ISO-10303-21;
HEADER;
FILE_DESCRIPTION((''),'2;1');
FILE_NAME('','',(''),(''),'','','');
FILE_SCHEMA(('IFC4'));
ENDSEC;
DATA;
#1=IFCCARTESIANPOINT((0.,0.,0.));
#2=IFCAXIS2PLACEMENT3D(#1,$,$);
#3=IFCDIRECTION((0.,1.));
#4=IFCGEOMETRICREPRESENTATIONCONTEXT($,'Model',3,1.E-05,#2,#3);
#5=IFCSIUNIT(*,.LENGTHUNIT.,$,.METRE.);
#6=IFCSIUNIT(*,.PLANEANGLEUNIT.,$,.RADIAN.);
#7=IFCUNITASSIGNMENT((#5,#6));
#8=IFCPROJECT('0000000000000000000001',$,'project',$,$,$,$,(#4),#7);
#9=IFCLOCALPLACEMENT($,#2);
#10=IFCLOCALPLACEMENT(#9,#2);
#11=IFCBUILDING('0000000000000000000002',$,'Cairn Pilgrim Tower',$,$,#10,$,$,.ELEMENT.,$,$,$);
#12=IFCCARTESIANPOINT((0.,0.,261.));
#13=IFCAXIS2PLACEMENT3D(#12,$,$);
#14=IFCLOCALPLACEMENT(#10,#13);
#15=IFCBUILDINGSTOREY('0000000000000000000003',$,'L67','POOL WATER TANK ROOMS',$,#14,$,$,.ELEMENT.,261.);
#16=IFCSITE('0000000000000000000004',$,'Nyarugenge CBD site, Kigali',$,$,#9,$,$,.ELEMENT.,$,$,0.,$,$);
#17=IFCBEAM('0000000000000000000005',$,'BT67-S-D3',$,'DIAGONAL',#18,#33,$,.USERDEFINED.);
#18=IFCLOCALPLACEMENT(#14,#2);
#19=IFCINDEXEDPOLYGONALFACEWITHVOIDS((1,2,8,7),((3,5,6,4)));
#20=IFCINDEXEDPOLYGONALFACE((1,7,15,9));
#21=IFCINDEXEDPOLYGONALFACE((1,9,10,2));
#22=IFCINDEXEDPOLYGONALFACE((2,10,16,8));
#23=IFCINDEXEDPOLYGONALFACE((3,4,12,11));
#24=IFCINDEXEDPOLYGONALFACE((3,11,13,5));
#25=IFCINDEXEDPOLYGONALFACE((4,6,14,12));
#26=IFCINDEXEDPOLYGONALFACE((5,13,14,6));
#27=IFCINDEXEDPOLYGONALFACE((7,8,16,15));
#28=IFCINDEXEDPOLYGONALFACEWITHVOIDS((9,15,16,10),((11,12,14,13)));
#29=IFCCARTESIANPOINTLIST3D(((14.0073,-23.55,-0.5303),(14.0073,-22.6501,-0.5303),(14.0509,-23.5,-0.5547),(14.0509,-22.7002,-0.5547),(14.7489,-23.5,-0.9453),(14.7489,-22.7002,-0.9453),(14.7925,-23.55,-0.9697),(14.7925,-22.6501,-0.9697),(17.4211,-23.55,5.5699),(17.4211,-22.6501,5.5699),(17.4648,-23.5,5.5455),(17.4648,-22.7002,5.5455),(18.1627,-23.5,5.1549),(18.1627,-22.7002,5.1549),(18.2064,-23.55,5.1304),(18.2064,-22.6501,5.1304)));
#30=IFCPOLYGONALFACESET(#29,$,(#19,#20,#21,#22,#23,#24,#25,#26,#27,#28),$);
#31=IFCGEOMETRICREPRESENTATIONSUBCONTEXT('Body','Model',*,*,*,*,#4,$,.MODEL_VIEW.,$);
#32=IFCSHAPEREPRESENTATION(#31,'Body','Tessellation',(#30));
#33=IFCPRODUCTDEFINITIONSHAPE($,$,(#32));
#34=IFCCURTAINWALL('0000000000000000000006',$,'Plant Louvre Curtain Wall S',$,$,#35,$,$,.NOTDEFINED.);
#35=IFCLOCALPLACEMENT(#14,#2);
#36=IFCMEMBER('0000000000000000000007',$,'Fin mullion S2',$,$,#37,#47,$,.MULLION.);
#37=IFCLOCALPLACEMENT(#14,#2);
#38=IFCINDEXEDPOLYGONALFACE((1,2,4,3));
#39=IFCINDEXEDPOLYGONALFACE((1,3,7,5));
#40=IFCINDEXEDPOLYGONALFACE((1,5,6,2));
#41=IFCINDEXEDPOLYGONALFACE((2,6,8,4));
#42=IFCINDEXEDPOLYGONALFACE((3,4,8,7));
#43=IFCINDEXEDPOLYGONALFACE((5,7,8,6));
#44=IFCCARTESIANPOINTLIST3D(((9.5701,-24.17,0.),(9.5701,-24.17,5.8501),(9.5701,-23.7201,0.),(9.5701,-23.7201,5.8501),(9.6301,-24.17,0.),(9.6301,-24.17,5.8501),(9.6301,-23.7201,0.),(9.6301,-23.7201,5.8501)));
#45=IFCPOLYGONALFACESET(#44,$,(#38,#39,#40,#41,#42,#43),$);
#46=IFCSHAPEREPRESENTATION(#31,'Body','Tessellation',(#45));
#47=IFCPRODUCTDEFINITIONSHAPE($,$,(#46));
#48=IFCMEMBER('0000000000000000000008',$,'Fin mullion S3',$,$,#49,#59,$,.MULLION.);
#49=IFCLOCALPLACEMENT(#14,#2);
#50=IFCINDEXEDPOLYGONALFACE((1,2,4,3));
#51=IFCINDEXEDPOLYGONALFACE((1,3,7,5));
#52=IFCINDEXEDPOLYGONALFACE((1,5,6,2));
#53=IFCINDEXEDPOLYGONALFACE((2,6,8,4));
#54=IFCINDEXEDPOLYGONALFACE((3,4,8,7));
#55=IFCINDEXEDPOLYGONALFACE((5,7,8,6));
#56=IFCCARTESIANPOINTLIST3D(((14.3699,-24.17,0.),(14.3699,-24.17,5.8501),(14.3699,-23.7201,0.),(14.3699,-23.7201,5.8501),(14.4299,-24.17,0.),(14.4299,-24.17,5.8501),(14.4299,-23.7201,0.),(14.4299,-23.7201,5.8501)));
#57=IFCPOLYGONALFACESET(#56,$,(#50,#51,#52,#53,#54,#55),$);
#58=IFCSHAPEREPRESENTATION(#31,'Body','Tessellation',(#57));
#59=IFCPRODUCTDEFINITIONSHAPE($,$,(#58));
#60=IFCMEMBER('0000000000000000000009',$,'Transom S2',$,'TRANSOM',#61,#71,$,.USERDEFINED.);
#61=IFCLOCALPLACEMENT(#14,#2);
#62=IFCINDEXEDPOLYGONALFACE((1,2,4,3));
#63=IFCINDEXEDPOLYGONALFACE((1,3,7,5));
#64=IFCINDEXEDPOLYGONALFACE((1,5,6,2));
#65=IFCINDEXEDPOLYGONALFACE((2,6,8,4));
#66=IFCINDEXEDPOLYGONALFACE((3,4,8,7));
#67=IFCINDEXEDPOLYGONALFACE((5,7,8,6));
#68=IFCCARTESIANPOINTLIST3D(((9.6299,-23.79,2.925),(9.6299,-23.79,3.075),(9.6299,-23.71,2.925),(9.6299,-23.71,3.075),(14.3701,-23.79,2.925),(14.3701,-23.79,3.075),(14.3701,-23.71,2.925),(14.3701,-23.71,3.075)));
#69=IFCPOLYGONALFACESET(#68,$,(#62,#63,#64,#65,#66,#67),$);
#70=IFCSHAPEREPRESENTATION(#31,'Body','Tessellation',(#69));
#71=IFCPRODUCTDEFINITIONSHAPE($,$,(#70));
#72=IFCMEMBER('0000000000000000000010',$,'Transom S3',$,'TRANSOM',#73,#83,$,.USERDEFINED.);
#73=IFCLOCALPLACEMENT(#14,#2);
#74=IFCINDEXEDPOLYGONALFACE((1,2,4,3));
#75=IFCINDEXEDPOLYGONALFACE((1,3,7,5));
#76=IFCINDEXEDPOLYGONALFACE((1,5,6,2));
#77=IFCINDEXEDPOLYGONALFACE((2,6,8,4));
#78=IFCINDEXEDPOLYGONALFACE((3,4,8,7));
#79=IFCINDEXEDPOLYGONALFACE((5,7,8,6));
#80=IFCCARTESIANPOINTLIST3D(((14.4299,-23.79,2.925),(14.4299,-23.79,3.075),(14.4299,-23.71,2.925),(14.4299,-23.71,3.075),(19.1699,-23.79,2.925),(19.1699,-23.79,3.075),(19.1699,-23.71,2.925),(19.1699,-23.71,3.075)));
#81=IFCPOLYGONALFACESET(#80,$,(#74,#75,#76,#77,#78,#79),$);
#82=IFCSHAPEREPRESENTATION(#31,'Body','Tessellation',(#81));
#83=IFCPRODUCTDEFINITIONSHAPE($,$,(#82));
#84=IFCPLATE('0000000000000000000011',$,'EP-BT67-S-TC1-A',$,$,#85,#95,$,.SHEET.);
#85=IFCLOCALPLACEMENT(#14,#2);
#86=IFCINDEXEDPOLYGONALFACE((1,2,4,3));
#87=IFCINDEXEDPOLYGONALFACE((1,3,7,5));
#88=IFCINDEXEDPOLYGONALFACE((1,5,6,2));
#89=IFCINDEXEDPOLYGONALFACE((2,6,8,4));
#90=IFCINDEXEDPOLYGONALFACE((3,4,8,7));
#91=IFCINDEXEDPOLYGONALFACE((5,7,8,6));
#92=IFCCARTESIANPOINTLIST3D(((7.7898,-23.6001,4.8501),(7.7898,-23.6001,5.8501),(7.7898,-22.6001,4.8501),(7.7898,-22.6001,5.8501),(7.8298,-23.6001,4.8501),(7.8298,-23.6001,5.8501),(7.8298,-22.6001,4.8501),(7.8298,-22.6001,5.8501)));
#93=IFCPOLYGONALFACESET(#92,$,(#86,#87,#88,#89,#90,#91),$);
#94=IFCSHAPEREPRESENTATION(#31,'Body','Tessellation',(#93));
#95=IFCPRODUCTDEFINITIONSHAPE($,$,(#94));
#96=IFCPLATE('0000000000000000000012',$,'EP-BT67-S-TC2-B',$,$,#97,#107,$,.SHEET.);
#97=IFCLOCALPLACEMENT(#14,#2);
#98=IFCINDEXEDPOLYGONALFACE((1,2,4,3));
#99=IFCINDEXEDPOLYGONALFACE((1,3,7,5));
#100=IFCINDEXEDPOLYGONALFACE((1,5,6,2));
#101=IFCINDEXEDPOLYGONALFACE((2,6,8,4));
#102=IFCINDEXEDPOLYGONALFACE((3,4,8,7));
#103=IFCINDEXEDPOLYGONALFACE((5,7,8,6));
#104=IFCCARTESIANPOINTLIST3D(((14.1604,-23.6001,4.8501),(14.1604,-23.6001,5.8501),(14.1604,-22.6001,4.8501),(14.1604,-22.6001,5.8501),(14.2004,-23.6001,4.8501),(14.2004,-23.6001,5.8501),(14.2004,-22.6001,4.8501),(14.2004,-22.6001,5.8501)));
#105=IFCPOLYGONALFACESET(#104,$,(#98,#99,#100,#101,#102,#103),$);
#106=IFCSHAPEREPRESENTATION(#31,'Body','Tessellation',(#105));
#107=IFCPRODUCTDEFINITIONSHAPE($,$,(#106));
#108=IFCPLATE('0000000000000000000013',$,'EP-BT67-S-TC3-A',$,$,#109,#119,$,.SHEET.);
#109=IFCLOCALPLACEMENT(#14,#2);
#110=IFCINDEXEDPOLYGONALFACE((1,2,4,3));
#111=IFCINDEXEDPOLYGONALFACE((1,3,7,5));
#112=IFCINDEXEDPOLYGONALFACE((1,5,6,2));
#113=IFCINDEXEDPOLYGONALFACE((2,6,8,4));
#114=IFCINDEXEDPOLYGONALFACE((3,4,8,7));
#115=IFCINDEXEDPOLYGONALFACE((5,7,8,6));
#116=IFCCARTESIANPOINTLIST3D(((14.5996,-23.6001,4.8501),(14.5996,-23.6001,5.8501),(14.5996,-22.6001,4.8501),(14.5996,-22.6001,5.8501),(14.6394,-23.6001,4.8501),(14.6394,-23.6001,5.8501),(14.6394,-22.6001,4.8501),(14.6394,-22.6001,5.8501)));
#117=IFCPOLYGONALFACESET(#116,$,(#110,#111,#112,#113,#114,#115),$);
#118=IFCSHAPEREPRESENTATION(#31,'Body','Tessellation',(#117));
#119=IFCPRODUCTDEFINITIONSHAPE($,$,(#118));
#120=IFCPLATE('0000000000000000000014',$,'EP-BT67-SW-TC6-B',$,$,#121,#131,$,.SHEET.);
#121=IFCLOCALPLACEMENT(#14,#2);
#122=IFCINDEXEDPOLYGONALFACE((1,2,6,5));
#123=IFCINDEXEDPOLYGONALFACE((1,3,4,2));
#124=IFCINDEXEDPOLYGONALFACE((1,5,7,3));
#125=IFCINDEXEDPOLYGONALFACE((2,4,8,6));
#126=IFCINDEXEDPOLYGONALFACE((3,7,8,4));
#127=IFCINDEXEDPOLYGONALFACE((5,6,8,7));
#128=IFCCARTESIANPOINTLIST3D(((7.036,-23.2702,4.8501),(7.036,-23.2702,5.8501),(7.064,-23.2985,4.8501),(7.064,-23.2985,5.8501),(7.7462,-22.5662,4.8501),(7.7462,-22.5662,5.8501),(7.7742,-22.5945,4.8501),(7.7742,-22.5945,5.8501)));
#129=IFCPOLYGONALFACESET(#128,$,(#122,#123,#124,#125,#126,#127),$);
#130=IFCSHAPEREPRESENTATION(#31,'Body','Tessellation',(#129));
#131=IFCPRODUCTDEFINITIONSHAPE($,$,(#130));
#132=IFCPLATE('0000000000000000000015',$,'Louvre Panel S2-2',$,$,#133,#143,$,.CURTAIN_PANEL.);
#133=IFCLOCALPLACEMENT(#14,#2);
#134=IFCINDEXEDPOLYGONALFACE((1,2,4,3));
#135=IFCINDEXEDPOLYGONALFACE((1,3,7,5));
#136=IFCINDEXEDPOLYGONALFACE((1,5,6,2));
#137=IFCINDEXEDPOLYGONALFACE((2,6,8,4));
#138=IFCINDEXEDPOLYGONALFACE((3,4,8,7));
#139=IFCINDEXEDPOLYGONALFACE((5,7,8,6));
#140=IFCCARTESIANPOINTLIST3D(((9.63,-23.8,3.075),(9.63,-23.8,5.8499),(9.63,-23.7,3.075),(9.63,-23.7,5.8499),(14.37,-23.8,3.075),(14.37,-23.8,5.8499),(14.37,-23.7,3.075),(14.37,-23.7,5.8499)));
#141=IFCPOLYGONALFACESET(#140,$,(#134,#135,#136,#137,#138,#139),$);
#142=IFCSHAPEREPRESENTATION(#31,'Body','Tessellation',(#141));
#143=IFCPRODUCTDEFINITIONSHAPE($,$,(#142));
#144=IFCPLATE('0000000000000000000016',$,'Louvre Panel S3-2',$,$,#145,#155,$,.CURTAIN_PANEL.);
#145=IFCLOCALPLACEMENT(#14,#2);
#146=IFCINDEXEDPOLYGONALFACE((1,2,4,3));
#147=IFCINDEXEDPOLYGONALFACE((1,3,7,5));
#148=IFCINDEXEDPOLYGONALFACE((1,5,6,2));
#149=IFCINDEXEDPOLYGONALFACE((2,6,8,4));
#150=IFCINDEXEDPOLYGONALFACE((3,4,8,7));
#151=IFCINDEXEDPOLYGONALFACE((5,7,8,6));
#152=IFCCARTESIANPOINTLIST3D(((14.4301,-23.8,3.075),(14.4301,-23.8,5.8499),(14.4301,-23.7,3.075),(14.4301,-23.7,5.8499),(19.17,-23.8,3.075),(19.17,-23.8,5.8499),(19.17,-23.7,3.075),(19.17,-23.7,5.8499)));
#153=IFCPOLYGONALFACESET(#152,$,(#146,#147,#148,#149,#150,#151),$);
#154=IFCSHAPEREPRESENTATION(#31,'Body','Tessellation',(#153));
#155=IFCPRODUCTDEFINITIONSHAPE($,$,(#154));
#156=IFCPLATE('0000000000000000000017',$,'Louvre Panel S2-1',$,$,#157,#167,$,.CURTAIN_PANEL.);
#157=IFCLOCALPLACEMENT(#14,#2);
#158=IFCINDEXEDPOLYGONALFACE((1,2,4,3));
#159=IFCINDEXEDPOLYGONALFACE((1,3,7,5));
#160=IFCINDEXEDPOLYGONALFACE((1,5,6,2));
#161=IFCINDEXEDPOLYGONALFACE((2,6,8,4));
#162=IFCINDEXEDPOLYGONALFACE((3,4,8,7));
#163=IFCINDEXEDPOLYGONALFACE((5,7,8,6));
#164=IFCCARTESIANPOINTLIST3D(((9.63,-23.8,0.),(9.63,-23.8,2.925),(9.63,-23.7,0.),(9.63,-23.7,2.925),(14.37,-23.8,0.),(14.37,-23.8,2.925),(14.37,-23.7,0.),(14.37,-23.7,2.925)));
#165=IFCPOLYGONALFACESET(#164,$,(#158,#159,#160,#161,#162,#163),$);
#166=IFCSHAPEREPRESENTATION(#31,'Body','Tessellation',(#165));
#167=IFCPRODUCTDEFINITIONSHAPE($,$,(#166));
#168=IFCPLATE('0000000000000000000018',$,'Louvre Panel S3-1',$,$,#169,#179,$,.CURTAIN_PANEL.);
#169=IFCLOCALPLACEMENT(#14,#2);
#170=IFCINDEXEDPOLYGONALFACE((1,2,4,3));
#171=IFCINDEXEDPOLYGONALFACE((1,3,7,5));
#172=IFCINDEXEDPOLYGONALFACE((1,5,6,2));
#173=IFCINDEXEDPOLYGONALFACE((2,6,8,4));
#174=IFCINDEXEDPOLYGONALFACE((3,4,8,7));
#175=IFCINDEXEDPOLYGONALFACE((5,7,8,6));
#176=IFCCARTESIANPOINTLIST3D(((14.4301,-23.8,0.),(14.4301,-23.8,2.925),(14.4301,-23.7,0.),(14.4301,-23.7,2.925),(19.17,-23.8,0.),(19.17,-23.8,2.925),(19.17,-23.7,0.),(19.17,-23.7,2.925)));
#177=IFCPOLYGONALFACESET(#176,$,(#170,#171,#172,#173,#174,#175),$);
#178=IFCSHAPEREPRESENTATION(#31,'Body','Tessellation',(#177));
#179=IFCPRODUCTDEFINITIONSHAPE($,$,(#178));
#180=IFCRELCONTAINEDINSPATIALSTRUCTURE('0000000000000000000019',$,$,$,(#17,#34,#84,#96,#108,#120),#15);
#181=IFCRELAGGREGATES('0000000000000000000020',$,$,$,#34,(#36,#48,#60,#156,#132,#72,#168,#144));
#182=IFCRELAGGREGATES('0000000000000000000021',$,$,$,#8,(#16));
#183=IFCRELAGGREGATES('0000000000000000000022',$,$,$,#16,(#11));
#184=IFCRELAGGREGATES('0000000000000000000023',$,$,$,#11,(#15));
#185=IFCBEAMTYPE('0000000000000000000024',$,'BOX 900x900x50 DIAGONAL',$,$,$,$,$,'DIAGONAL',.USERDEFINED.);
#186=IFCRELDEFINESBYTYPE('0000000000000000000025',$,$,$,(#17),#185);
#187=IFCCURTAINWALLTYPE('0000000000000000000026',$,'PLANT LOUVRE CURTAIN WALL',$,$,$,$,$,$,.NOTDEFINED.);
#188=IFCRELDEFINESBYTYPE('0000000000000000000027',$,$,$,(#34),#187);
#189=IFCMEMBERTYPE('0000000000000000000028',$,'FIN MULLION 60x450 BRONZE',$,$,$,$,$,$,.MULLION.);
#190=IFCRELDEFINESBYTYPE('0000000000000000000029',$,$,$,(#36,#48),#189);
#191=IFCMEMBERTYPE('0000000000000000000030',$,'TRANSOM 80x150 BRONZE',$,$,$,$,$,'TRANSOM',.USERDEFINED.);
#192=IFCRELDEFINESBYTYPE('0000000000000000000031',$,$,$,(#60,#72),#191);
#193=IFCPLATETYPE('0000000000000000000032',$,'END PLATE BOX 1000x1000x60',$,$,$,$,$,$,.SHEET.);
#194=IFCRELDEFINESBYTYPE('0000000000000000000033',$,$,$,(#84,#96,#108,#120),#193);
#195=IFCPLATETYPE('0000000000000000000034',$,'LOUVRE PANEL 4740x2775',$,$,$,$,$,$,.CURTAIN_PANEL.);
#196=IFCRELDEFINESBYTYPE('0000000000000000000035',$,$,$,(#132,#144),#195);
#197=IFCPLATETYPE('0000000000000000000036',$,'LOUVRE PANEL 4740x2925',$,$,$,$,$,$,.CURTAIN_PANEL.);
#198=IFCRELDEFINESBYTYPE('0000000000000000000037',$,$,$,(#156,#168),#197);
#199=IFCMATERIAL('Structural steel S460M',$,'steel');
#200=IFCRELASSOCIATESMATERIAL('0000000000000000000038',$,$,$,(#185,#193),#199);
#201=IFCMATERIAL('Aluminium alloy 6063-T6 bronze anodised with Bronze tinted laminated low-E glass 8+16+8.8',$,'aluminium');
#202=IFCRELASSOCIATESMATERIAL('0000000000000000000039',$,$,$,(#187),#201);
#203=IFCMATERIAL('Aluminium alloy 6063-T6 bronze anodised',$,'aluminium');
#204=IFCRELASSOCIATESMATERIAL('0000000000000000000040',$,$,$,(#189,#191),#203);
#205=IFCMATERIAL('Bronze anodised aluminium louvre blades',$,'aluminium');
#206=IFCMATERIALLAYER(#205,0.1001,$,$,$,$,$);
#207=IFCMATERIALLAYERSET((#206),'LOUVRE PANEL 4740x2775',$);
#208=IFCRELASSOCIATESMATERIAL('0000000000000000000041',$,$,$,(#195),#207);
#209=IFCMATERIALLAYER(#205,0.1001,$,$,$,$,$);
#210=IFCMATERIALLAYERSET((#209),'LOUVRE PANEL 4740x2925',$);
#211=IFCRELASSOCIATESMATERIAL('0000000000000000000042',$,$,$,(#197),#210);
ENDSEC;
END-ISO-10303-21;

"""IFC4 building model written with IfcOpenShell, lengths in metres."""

from ifc_helpers import new_model, si_unit, direction, frame, origin, origin_2d, place, context, subcontext, project, spatial, rectangle, hollow_rectangle, extrude, material, layer, layer_set, material_profile, profile_set, type_object, element, aggregate, save


model = new_model("IFC4")

# Units and contexts
model_context = context("Model", 3, precision=1e-05, world=origin(), true_north=direction((0.0, 1.0)))
body_context = subcontext(model_context, "Body", "Model", "MODEL_VIEW")
ifc_project = project(units=[si_unit("LENGTHUNIT", "METRE"), si_unit("PLANEANGLEUNIT", "RADIAN")], contexts=[model_context])

# Site, building, storey
site_placement = place(None, origin())
site = spatial("IfcSite", under=ifc_project, at=site_placement, Name="Nyarugenge CBD site, Kigali", CompositionType="ELEMENT", RefElevation=0.0)
building_placement = place(site_placement, origin())
building = spatial("IfcBuilding", under=site, at=building_placement, Name="Cairn Pilgrim Tower", CompositionType="ELEMENT")
storey_placement = place(building_placement, frame((0.0, 0.0, 261.0)))
storey = spatial("IfcBuildingStorey", under=building, at=storey_placement, Name="L67", Description="POOL WATER TANK ROOMS", CompositionType="ELEMENT", Elevation=261.0)

# Shared definitions
ifc_material_1 = material(Name="Structural steel S460M", Category="steel")

# Beam
ifc_material_profile_1 = material_profile(ifc_material_1, hollow_rectangle(XDim=0.8999, YDim=0.8999, WallThickness=0.05, at=origin_2d()), Name="BOX 900x900x50")
ifc_profile_set_1 = profile_set([ifc_material_profile_1], Name="Structural steel S460M")
beam_type_1 = type_object("IfcBeamType", Name="BOX 900x900x50 DIAGONAL", ElementType="DIAGONAL", PredefinedType="USERDEFINED", material=ifc_profile_set_1)
beam_1_placement = place(storey_placement, frame((14.3999, -23.1001, -0.75), z_axis=(0.48836, 0.0, 0.872642), x_axis=(0.0, 1.0, 0.0)))
element("IfcBeam", 1, at=beam_1_placement, inside=storey, type_object=beam_type_1, Name="BT67-S-D3", ObjectType="DIAGONAL", PredefinedType="USERDEFINED", context=body_context, shape_type="SweptSolid", body=[
    extrude(hollow_rectangle(XDim=0.8999, YDim=0.8999, WallThickness=0.05, at=origin_2d()), origin(), (0.0, 0.0, 1.0), 6.9905),
])

# Curtain wall, members
ifc_material_2 = material(Name="Aluminium alloy 6063-T6 bronze anodised with Bronze tinted laminated low-E glass 8+16+8.8", Category="aluminium")
curtain_wall_type = type_object("IfcCurtainWallType", Name="PLANT LOUVRE CURTAIN WALL", PredefinedType="NOTDEFINED", material=ifc_material_2)
curtain_wall_placement = place(storey_placement, origin())
curtain_wall = element("IfcCurtainWall", 2, at=curtain_wall_placement, inside=storey, type_object=curtain_wall_type, Name="Plant Louvre Curtain Wall S", PredefinedType="NOTDEFINED")
ifc_material_3 = material(Name="Aluminium alloy 6063-T6 bronze anodised", Category="aluminium")
ifc_material_profile_2 = material_profile(ifc_material_3, rectangle(XDim=0.45, YDim=0.0601, at=origin_2d()), Name="FIN MULLION 60x450 BRONZE")
ifc_profile_set_2 = profile_set([ifc_material_profile_2], Name="Aluminium alloy 6063-T6 bronze anodised")
member_type_1 = type_object("IfcMemberType", Name="FIN MULLION 60x450 BRONZE", PredefinedType="MULLION", material=ifc_profile_set_2)
member_1_placement = place(storey_placement, frame((9.6001, -23.9451, 0.0), z_axis=(0.0, 0.0, 1.0), x_axis=(0.0, -1.0, 0.0)))
member_1 = element("IfcMember", 3, at=member_1_placement, type_object=member_type_1, Name="Fin mullion S2", PredefinedType="MULLION", context=body_context, shape_type="SweptSolid", body=[
    extrude(rectangle(XDim=0.45, YDim=0.0601, at=origin_2d()), origin(), (0.0, 0.0, 1.0), 5.8501),
])
member_2_placement = place(storey_placement, frame((14.3999, -23.9451, 0.0), z_axis=(0.0, 0.0, 1.0), x_axis=(0.0, -1.0, 0.0)))
member_2 = element("IfcMember", 4, at=member_2_placement, type_object=member_type_1, Name="Fin mullion S3", PredefinedType="MULLION", context=body_context, shape_type="SweptSolid", body=[
    extrude(rectangle(XDim=0.45, YDim=0.0601, at=origin_2d()), origin(), (0.0, 0.0, 1.0), 5.8501),
])
ifc_material_profile_3 = material_profile(ifc_material_3, rectangle(XDim=0.0801, YDim=0.1499, at=origin_2d()), Name="TRANSOM 80x150 BRONZE")
ifc_profile_set_3 = profile_set([ifc_material_profile_3], Name="Aluminium alloy 6063-T6 bronze anodised")
member_type_2 = type_object("IfcMemberType", Name="TRANSOM 80x150 BRONZE", ElementType="TRANSOM", PredefinedType="USERDEFINED", material=ifc_profile_set_3)
member_3_placement = place(storey_placement, frame((9.6299, -23.75, 3.0), z_axis=(1.0, 0.0, 0.0), x_axis=(0.0, 1.0, 0.0)))
member_3 = element("IfcMember", 5, at=member_3_placement, type_object=member_type_2, Name="Transom S2", ObjectType="TRANSOM", PredefinedType="USERDEFINED", context=body_context, shape_type="SweptSolid", body=[
    extrude(rectangle(XDim=0.0801, YDim=0.1499, at=origin_2d()), origin(), (0.0, 0.0, 1.0), 4.7402),
])
member_4_placement = place(storey_placement, frame((14.4299, -23.75, 3.0), z_axis=(1.0, 0.0, 0.0), x_axis=(0.0, 1.0, 0.0)))
member_4 = element("IfcMember", 6, at=member_4_placement, type_object=member_type_2, Name="Transom S3", ObjectType="TRANSOM", PredefinedType="USERDEFINED", context=body_context, shape_type="SweptSolid", body=[
    extrude(rectangle(XDim=0.0801, YDim=0.1499, at=origin_2d()), origin(), (0.0, 0.0, 1.0), 4.74),
])

# Plates
ifc_material_profile_4 = material_profile(ifc_material_1, rectangle(XDim=1.0, YDim=1.0, at=origin_2d()), Name="END PLATE BOX 1000x1000x60")
ifc_profile_set_4 = profile_set([ifc_material_profile_4], Name="Structural steel S460M")
plate_type_1 = type_object("IfcPlateType", Name="END PLATE BOX 1000x1000x60", PredefinedType="SHEET", material=ifc_profile_set_4)
for number, where, z_axis, x_axis, name in (
    (7, (7.8298, -23.1001, 5.3501), (-1.0, 0.0, 0.0), (0.0, -1.0, 0.0), "EP-BT67-S-TC1-A"),
    (8, (14.1604, -23.1001, 5.3501), (1.0, 0.0, 0.0), (0.0, 1.0, 0.0), "EP-BT67-S-TC2-B"),
):
    element("IfcPlate", number, at=place(storey_placement, frame(where, z_axis=z_axis, x_axis=x_axis)), inside=storey, type_object=plate_type_1, Name=name, PredefinedType="SHEET", context=body_context, shape_type="SweptSolid", body=[
        extrude(rectangle(XDim=1.0, YDim=1.0, at=origin_2d()), origin(), (0.0, 0.0, 1.0), 0.04),
    ])
for number, where, z_axis, x_axis, name in (
    (9, (14.6394, -23.1001, 5.3501), (-1.0, 0.0, 0.0), (0.0, -1.0, 0.0), "EP-BT67-S-TC3-A"),
    (10, (7.3911, -22.9182, 5.3501), (0.704039, -0.710161, 0.0), (0.710161, 0.704039, 0.0), "EP-BT67-SW-TC6-B"),
):
    element("IfcPlate", number, at=place(storey_placement, frame(where, z_axis=z_axis, x_axis=x_axis)), inside=storey, type_object=plate_type_1, Name=name, PredefinedType="SHEET", context=body_context, shape_type="SweptSolid", body=[
        extrude(rectangle(XDim=1.0, YDim=1.0, at=origin_2d()), origin(), (0.0, 0.0, 1.0), 0.0398),
    ])

# Plates
ifc_material_4 = material(Name="Bronze anodised aluminium louvre blades", Category="aluminium")
ifc_layer_1 = layer(ifc_material_4, 0.1001)
ifc_layer_set_1 = layer_set([ifc_layer_1], Name="LOUVRE PANEL 4740x2775")
plate_type_2 = type_object("IfcPlateType", Name="LOUVRE PANEL 4740x2775", PredefinedType="CURTAIN_PANEL", material=ifc_layer_set_1)
plate_1_placement = place(storey_placement, frame((12.0, -23.75, 3.075), z_axis=(0.0, 0.0, 1.0), x_axis=(1.0, 0.0, 0.0)))
plate_1 = element("IfcPlate", 11, at=plate_1_placement, type_object=plate_type_2, Name="Louvre Panel S2-2", PredefinedType="CURTAIN_PANEL", context=body_context, shape_type="SweptSolid", body=[
    extrude(rectangle(XDim=4.74, YDim=0.1001, at=origin_2d()), origin(), (0.0, 0.0, 1.0), 2.7749),
])
plate_2_placement = place(storey_placement, frame((16.8, -23.75, 3.075), z_axis=(0.0, 0.0, 1.0), x_axis=(1.0, 0.0, 0.0)))
plate_2 = element("IfcPlate", 12, at=plate_2_placement, type_object=plate_type_2, Name="Louvre Panel S3-2", PredefinedType="CURTAIN_PANEL", context=body_context, shape_type="SweptSolid", body=[
    extrude(rectangle(XDim=4.74, YDim=0.1001, at=origin_2d()), origin(), (0.0, 0.0, 1.0), 2.7749),
])
ifc_layer_2 = layer(ifc_material_4, 0.1001)
ifc_layer_set_2 = layer_set([ifc_layer_2], Name="LOUVRE PANEL 4740x2925")
plate_type_3 = type_object("IfcPlateType", Name="LOUVRE PANEL 4740x2925", PredefinedType="CURTAIN_PANEL", material=ifc_layer_set_2)
plate_3_placement = place(storey_placement, frame((12.0, -23.75, 0.0), z_axis=(0.0, 0.0, 1.0), x_axis=(1.0, 0.0, 0.0)))
plate_3 = element("IfcPlate", 13, at=plate_3_placement, type_object=plate_type_3, Name="Louvre Panel S2-1", PredefinedType="CURTAIN_PANEL", context=body_context, shape_type="SweptSolid", body=[
    extrude(rectangle(XDim=4.74, YDim=0.1001, at=origin_2d()), origin(), (0.0, 0.0, 1.0), 2.925),
])
plate_4_placement = place(storey_placement, frame((16.8, -23.75, 0.0), z_axis=(0.0, 0.0, 1.0), x_axis=(1.0, 0.0, 0.0)))
plate_4 = element("IfcPlate", 14, at=plate_4_placement, type_object=plate_type_3, Name="Louvre Panel S3-1", PredefinedType="CURTAIN_PANEL", context=body_context, shape_type="SweptSolid", body=[
    extrude(rectangle(XDim=4.74, YDim=0.1001, at=origin_2d()), origin(), (0.0, 0.0, 1.0), 2.925),
])
aggregate(curtain_wall, [member_1, member_2, member_3, plate_3, plate_1, member_4, plate_4, plate_2])

save(model, "model.ifc")
